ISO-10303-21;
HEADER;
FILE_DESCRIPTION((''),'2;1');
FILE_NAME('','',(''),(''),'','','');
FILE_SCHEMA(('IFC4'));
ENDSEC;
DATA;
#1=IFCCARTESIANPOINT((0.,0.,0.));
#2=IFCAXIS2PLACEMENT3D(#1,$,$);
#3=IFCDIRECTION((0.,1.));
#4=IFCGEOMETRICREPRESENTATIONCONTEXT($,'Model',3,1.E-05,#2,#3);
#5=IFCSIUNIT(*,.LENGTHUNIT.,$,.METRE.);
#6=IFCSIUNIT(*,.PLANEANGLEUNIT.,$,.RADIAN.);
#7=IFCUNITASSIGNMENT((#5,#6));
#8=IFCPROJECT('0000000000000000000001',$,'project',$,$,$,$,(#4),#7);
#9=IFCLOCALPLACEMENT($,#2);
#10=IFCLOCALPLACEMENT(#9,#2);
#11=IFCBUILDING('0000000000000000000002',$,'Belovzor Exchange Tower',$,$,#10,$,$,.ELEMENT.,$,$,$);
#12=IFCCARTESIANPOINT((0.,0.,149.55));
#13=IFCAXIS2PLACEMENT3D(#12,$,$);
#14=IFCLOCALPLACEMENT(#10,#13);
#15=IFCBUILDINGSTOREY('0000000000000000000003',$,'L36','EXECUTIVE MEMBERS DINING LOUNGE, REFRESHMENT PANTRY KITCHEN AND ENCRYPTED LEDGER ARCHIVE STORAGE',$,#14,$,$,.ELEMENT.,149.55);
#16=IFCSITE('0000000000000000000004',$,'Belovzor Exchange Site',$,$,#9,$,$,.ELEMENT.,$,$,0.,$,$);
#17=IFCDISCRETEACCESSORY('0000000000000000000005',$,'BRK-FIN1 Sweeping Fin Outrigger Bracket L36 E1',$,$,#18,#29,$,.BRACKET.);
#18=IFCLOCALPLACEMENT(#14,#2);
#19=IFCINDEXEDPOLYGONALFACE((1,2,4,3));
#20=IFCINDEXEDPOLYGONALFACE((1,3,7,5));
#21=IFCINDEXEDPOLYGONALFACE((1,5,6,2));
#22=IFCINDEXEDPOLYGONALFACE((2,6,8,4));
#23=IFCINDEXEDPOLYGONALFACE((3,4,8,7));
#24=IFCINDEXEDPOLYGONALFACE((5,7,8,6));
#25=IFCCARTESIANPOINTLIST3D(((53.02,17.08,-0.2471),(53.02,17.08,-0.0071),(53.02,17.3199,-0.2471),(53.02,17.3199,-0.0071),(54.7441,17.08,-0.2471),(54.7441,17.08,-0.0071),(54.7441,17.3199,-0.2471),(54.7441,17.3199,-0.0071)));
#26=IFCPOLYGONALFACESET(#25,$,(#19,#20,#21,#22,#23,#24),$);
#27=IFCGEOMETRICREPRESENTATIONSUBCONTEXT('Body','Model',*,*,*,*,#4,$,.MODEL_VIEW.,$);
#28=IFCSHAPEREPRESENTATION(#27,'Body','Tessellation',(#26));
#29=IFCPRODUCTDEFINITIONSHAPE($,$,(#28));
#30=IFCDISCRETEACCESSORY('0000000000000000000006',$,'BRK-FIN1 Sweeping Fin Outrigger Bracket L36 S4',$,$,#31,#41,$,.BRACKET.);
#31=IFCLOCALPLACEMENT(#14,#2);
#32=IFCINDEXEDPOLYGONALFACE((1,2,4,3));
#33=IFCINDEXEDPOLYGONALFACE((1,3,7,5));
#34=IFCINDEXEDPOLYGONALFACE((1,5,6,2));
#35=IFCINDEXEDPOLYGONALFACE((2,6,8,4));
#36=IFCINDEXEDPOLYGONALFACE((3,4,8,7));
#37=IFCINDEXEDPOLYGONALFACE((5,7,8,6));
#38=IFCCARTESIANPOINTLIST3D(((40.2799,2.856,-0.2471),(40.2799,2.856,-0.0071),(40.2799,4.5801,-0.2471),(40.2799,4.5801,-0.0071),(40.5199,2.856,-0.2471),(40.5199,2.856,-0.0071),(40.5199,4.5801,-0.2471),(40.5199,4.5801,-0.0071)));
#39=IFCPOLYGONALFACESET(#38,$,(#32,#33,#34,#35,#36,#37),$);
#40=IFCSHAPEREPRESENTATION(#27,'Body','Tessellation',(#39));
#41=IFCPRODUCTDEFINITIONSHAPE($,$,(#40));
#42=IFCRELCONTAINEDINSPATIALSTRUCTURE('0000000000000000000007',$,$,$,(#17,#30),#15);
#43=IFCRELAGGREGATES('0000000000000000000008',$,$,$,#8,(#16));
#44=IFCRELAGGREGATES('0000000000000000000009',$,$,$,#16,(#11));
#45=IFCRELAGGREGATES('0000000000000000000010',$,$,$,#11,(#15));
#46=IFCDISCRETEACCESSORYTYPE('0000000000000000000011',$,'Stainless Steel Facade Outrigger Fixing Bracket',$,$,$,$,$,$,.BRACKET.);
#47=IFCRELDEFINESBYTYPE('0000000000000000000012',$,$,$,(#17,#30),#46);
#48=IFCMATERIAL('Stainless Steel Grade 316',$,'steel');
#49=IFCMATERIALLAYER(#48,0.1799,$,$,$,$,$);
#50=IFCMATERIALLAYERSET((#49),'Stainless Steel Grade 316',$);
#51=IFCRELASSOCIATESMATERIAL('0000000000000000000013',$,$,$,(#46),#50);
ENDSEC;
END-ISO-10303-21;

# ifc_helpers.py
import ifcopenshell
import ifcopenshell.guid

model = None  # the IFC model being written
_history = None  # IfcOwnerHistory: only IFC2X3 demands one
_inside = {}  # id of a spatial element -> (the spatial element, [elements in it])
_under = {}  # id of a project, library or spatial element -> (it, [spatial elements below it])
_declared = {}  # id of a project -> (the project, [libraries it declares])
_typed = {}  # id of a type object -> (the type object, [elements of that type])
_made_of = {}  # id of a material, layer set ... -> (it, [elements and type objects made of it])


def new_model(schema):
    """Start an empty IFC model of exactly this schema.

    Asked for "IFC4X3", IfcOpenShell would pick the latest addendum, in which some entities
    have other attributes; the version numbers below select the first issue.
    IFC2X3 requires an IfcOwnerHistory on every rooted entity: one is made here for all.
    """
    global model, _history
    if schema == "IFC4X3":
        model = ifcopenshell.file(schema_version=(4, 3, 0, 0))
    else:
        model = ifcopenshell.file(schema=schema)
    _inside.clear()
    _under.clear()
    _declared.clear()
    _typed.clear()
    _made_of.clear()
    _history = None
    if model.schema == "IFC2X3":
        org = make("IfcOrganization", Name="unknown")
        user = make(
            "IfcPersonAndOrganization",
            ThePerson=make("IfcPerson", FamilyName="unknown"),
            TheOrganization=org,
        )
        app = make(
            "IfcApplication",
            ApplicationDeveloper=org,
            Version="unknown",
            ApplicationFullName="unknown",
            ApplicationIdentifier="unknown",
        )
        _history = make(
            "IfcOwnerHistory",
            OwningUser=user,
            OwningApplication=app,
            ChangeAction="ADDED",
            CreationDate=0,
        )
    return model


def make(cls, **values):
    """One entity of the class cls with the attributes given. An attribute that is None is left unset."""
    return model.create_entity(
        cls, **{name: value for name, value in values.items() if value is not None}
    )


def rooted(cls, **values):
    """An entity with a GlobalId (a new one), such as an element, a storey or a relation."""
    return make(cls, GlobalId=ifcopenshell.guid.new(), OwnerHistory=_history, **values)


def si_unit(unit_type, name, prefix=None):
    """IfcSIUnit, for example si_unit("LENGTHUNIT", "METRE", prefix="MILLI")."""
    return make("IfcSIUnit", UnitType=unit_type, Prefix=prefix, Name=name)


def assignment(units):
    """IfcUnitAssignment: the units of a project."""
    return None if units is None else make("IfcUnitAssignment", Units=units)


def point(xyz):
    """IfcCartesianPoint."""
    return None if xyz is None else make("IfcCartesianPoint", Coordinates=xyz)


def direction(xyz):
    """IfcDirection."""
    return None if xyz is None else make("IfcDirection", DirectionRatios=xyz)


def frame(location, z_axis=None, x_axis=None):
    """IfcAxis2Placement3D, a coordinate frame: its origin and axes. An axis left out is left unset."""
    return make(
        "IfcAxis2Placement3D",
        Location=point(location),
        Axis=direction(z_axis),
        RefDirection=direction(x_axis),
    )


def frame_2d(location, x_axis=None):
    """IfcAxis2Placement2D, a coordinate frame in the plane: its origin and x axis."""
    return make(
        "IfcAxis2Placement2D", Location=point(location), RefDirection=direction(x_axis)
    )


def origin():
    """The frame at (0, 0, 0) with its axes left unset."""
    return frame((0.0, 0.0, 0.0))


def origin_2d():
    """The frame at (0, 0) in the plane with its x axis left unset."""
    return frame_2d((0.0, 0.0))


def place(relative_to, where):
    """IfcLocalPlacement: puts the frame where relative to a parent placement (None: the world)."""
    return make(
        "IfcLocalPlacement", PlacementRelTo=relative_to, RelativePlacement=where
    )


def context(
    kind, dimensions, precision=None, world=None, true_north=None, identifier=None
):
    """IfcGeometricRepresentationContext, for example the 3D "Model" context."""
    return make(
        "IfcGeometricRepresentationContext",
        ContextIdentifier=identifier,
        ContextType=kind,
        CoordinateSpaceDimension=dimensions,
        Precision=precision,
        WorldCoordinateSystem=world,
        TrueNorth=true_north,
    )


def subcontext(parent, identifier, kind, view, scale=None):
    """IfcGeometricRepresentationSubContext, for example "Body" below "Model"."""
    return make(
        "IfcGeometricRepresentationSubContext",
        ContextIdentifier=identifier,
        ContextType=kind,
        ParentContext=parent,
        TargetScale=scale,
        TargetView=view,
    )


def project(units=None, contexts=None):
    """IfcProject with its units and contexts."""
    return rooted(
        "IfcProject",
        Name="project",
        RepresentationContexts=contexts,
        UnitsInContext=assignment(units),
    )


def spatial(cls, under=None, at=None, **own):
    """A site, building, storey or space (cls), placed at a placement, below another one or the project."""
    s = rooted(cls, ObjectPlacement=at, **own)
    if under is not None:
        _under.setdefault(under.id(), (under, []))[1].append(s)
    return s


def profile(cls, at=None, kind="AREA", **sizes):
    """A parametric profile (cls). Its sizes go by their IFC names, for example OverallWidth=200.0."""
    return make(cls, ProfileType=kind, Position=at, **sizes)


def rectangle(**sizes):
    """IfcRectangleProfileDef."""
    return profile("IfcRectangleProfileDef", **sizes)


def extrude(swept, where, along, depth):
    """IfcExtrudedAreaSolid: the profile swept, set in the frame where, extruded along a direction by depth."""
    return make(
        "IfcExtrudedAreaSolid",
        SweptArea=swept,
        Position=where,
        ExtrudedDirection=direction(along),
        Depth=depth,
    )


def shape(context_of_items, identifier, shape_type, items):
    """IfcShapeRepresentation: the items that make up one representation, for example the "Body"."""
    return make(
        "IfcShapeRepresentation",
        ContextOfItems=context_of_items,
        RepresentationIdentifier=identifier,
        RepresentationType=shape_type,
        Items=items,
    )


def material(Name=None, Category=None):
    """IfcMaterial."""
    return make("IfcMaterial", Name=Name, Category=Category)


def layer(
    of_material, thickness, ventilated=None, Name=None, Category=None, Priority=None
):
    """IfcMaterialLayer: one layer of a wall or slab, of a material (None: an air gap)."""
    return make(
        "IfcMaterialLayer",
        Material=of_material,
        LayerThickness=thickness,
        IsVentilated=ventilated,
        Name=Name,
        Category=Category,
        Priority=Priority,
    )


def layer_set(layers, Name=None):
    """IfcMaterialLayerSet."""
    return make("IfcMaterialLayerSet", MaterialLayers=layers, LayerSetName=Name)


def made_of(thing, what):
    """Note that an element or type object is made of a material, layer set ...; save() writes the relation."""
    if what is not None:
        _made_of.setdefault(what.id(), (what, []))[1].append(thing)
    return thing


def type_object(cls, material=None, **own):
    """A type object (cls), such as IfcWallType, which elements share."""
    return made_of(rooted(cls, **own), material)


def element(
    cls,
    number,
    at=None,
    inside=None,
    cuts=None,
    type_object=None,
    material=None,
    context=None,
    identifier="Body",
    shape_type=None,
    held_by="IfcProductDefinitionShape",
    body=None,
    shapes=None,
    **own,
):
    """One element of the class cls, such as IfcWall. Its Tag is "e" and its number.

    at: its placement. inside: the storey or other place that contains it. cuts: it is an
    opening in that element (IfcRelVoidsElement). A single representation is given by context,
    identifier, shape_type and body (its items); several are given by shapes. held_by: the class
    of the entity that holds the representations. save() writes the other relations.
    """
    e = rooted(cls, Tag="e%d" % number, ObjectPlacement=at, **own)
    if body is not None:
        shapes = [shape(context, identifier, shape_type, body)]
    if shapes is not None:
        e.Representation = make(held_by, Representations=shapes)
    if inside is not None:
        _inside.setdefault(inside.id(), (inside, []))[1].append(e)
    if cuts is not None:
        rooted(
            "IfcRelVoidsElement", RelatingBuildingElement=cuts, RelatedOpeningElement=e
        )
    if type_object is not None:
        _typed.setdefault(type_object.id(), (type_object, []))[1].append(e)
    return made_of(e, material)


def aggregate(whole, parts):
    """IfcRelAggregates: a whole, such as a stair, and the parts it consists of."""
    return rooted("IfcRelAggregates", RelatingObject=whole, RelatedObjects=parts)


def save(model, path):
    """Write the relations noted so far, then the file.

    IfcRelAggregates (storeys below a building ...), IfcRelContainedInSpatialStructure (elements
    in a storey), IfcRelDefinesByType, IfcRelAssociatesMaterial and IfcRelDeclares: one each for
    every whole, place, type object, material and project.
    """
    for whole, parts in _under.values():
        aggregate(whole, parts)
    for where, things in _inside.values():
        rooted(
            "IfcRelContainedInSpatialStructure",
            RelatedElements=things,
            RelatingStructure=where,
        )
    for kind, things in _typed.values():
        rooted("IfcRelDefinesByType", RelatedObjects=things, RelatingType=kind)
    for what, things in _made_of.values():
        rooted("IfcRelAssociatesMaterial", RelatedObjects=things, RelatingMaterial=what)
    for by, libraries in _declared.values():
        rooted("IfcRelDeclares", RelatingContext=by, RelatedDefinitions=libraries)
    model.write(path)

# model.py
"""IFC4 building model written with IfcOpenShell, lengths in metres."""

from ifc_helpers import new_model, si_unit, direction, frame, origin, origin_2d, place, context, subcontext, project, spatial, rectangle, extrude, material, layer, layer_set, type_object, element, save


model = new_model("IFC4")

# Units and contexts
model_context = context("Model", 3, precision=1e-05, world=origin(), true_north=direction((0.0, 1.0)))
body_context = subcontext(model_context, "Body", "Model", "MODEL_VIEW")
ifc_project = project(units=[si_unit("LENGTHUNIT", "METRE"), si_unit("PLANEANGLEUNIT", "RADIAN")], contexts=[model_context])

# Site, building, storey
site_placement = place(None, origin())
site = spatial("IfcSite", under=ifc_project, at=site_placement, Name="Belovzor Exchange Site", CompositionType="ELEMENT", RefElevation=0.0)
building_placement = place(site_placement, origin())
building = spatial("IfcBuilding", under=site, at=building_placement, Name="Belovzor Exchange Tower", CompositionType="ELEMENT")
storey_placement = place(building_placement, frame((0.0, 0.0, 149.55)))
storey = spatial("IfcBuildingStorey", under=building, at=storey_placement, Name="L36", Description="EXECUTIVE MEMBERS DINING LOUNGE, REFRESHMENT PANTRY KITCHEN AND ENCRYPTED LEDGER ARCHIVE STORAGE", CompositionType="ELEMENT", Elevation=149.55)

# Discrete accessories
ifc_material_1 = material(Name="Stainless Steel Grade 316", Category="steel")
ifc_layer_1 = layer(ifc_material_1, 0.1799)
ifc_layer_set_1 = layer_set([ifc_layer_1], Name="Stainless Steel Grade 316")
discrete_accessory_type = type_object("IfcDiscreteAccessoryType", Name="Stainless Steel Facade Outrigger Fixing Bracket", PredefinedType="BRACKET", material=ifc_layer_set_1)
for number, where, z_axis, x_axis, name in (
    (1, (53.8821, 17.2, -0.2471), (0.0, 0.0, 1.0), (1.0, 0.0, 0.0), "BRK-FIN1 Sweeping Fin Outrigger Bracket L36 E1"),
    (2, (40.3999, 3.718, -0.2471), (0.0, 0.0, 1.0), (0.0, 1.0, 0.0), "BRK-FIN1 Sweeping Fin Outrigger Bracket L36 S4"),
):
    element("IfcDiscreteAccessory", number, at=place(storey_placement, frame(where, z_axis=z_axis, x_axis=x_axis)), inside=storey, type_object=discrete_accessory_type, Name=name, PredefinedType="BRACKET", context=body_context, shape_type="SweptSolid", body=[
        extrude(rectangle(XDim=1.7241, YDim=0.24, at=origin_2d()), origin(), (0.0, 0.0, 1.0), 0.24),
    ])

save(model, "model.ifc")
